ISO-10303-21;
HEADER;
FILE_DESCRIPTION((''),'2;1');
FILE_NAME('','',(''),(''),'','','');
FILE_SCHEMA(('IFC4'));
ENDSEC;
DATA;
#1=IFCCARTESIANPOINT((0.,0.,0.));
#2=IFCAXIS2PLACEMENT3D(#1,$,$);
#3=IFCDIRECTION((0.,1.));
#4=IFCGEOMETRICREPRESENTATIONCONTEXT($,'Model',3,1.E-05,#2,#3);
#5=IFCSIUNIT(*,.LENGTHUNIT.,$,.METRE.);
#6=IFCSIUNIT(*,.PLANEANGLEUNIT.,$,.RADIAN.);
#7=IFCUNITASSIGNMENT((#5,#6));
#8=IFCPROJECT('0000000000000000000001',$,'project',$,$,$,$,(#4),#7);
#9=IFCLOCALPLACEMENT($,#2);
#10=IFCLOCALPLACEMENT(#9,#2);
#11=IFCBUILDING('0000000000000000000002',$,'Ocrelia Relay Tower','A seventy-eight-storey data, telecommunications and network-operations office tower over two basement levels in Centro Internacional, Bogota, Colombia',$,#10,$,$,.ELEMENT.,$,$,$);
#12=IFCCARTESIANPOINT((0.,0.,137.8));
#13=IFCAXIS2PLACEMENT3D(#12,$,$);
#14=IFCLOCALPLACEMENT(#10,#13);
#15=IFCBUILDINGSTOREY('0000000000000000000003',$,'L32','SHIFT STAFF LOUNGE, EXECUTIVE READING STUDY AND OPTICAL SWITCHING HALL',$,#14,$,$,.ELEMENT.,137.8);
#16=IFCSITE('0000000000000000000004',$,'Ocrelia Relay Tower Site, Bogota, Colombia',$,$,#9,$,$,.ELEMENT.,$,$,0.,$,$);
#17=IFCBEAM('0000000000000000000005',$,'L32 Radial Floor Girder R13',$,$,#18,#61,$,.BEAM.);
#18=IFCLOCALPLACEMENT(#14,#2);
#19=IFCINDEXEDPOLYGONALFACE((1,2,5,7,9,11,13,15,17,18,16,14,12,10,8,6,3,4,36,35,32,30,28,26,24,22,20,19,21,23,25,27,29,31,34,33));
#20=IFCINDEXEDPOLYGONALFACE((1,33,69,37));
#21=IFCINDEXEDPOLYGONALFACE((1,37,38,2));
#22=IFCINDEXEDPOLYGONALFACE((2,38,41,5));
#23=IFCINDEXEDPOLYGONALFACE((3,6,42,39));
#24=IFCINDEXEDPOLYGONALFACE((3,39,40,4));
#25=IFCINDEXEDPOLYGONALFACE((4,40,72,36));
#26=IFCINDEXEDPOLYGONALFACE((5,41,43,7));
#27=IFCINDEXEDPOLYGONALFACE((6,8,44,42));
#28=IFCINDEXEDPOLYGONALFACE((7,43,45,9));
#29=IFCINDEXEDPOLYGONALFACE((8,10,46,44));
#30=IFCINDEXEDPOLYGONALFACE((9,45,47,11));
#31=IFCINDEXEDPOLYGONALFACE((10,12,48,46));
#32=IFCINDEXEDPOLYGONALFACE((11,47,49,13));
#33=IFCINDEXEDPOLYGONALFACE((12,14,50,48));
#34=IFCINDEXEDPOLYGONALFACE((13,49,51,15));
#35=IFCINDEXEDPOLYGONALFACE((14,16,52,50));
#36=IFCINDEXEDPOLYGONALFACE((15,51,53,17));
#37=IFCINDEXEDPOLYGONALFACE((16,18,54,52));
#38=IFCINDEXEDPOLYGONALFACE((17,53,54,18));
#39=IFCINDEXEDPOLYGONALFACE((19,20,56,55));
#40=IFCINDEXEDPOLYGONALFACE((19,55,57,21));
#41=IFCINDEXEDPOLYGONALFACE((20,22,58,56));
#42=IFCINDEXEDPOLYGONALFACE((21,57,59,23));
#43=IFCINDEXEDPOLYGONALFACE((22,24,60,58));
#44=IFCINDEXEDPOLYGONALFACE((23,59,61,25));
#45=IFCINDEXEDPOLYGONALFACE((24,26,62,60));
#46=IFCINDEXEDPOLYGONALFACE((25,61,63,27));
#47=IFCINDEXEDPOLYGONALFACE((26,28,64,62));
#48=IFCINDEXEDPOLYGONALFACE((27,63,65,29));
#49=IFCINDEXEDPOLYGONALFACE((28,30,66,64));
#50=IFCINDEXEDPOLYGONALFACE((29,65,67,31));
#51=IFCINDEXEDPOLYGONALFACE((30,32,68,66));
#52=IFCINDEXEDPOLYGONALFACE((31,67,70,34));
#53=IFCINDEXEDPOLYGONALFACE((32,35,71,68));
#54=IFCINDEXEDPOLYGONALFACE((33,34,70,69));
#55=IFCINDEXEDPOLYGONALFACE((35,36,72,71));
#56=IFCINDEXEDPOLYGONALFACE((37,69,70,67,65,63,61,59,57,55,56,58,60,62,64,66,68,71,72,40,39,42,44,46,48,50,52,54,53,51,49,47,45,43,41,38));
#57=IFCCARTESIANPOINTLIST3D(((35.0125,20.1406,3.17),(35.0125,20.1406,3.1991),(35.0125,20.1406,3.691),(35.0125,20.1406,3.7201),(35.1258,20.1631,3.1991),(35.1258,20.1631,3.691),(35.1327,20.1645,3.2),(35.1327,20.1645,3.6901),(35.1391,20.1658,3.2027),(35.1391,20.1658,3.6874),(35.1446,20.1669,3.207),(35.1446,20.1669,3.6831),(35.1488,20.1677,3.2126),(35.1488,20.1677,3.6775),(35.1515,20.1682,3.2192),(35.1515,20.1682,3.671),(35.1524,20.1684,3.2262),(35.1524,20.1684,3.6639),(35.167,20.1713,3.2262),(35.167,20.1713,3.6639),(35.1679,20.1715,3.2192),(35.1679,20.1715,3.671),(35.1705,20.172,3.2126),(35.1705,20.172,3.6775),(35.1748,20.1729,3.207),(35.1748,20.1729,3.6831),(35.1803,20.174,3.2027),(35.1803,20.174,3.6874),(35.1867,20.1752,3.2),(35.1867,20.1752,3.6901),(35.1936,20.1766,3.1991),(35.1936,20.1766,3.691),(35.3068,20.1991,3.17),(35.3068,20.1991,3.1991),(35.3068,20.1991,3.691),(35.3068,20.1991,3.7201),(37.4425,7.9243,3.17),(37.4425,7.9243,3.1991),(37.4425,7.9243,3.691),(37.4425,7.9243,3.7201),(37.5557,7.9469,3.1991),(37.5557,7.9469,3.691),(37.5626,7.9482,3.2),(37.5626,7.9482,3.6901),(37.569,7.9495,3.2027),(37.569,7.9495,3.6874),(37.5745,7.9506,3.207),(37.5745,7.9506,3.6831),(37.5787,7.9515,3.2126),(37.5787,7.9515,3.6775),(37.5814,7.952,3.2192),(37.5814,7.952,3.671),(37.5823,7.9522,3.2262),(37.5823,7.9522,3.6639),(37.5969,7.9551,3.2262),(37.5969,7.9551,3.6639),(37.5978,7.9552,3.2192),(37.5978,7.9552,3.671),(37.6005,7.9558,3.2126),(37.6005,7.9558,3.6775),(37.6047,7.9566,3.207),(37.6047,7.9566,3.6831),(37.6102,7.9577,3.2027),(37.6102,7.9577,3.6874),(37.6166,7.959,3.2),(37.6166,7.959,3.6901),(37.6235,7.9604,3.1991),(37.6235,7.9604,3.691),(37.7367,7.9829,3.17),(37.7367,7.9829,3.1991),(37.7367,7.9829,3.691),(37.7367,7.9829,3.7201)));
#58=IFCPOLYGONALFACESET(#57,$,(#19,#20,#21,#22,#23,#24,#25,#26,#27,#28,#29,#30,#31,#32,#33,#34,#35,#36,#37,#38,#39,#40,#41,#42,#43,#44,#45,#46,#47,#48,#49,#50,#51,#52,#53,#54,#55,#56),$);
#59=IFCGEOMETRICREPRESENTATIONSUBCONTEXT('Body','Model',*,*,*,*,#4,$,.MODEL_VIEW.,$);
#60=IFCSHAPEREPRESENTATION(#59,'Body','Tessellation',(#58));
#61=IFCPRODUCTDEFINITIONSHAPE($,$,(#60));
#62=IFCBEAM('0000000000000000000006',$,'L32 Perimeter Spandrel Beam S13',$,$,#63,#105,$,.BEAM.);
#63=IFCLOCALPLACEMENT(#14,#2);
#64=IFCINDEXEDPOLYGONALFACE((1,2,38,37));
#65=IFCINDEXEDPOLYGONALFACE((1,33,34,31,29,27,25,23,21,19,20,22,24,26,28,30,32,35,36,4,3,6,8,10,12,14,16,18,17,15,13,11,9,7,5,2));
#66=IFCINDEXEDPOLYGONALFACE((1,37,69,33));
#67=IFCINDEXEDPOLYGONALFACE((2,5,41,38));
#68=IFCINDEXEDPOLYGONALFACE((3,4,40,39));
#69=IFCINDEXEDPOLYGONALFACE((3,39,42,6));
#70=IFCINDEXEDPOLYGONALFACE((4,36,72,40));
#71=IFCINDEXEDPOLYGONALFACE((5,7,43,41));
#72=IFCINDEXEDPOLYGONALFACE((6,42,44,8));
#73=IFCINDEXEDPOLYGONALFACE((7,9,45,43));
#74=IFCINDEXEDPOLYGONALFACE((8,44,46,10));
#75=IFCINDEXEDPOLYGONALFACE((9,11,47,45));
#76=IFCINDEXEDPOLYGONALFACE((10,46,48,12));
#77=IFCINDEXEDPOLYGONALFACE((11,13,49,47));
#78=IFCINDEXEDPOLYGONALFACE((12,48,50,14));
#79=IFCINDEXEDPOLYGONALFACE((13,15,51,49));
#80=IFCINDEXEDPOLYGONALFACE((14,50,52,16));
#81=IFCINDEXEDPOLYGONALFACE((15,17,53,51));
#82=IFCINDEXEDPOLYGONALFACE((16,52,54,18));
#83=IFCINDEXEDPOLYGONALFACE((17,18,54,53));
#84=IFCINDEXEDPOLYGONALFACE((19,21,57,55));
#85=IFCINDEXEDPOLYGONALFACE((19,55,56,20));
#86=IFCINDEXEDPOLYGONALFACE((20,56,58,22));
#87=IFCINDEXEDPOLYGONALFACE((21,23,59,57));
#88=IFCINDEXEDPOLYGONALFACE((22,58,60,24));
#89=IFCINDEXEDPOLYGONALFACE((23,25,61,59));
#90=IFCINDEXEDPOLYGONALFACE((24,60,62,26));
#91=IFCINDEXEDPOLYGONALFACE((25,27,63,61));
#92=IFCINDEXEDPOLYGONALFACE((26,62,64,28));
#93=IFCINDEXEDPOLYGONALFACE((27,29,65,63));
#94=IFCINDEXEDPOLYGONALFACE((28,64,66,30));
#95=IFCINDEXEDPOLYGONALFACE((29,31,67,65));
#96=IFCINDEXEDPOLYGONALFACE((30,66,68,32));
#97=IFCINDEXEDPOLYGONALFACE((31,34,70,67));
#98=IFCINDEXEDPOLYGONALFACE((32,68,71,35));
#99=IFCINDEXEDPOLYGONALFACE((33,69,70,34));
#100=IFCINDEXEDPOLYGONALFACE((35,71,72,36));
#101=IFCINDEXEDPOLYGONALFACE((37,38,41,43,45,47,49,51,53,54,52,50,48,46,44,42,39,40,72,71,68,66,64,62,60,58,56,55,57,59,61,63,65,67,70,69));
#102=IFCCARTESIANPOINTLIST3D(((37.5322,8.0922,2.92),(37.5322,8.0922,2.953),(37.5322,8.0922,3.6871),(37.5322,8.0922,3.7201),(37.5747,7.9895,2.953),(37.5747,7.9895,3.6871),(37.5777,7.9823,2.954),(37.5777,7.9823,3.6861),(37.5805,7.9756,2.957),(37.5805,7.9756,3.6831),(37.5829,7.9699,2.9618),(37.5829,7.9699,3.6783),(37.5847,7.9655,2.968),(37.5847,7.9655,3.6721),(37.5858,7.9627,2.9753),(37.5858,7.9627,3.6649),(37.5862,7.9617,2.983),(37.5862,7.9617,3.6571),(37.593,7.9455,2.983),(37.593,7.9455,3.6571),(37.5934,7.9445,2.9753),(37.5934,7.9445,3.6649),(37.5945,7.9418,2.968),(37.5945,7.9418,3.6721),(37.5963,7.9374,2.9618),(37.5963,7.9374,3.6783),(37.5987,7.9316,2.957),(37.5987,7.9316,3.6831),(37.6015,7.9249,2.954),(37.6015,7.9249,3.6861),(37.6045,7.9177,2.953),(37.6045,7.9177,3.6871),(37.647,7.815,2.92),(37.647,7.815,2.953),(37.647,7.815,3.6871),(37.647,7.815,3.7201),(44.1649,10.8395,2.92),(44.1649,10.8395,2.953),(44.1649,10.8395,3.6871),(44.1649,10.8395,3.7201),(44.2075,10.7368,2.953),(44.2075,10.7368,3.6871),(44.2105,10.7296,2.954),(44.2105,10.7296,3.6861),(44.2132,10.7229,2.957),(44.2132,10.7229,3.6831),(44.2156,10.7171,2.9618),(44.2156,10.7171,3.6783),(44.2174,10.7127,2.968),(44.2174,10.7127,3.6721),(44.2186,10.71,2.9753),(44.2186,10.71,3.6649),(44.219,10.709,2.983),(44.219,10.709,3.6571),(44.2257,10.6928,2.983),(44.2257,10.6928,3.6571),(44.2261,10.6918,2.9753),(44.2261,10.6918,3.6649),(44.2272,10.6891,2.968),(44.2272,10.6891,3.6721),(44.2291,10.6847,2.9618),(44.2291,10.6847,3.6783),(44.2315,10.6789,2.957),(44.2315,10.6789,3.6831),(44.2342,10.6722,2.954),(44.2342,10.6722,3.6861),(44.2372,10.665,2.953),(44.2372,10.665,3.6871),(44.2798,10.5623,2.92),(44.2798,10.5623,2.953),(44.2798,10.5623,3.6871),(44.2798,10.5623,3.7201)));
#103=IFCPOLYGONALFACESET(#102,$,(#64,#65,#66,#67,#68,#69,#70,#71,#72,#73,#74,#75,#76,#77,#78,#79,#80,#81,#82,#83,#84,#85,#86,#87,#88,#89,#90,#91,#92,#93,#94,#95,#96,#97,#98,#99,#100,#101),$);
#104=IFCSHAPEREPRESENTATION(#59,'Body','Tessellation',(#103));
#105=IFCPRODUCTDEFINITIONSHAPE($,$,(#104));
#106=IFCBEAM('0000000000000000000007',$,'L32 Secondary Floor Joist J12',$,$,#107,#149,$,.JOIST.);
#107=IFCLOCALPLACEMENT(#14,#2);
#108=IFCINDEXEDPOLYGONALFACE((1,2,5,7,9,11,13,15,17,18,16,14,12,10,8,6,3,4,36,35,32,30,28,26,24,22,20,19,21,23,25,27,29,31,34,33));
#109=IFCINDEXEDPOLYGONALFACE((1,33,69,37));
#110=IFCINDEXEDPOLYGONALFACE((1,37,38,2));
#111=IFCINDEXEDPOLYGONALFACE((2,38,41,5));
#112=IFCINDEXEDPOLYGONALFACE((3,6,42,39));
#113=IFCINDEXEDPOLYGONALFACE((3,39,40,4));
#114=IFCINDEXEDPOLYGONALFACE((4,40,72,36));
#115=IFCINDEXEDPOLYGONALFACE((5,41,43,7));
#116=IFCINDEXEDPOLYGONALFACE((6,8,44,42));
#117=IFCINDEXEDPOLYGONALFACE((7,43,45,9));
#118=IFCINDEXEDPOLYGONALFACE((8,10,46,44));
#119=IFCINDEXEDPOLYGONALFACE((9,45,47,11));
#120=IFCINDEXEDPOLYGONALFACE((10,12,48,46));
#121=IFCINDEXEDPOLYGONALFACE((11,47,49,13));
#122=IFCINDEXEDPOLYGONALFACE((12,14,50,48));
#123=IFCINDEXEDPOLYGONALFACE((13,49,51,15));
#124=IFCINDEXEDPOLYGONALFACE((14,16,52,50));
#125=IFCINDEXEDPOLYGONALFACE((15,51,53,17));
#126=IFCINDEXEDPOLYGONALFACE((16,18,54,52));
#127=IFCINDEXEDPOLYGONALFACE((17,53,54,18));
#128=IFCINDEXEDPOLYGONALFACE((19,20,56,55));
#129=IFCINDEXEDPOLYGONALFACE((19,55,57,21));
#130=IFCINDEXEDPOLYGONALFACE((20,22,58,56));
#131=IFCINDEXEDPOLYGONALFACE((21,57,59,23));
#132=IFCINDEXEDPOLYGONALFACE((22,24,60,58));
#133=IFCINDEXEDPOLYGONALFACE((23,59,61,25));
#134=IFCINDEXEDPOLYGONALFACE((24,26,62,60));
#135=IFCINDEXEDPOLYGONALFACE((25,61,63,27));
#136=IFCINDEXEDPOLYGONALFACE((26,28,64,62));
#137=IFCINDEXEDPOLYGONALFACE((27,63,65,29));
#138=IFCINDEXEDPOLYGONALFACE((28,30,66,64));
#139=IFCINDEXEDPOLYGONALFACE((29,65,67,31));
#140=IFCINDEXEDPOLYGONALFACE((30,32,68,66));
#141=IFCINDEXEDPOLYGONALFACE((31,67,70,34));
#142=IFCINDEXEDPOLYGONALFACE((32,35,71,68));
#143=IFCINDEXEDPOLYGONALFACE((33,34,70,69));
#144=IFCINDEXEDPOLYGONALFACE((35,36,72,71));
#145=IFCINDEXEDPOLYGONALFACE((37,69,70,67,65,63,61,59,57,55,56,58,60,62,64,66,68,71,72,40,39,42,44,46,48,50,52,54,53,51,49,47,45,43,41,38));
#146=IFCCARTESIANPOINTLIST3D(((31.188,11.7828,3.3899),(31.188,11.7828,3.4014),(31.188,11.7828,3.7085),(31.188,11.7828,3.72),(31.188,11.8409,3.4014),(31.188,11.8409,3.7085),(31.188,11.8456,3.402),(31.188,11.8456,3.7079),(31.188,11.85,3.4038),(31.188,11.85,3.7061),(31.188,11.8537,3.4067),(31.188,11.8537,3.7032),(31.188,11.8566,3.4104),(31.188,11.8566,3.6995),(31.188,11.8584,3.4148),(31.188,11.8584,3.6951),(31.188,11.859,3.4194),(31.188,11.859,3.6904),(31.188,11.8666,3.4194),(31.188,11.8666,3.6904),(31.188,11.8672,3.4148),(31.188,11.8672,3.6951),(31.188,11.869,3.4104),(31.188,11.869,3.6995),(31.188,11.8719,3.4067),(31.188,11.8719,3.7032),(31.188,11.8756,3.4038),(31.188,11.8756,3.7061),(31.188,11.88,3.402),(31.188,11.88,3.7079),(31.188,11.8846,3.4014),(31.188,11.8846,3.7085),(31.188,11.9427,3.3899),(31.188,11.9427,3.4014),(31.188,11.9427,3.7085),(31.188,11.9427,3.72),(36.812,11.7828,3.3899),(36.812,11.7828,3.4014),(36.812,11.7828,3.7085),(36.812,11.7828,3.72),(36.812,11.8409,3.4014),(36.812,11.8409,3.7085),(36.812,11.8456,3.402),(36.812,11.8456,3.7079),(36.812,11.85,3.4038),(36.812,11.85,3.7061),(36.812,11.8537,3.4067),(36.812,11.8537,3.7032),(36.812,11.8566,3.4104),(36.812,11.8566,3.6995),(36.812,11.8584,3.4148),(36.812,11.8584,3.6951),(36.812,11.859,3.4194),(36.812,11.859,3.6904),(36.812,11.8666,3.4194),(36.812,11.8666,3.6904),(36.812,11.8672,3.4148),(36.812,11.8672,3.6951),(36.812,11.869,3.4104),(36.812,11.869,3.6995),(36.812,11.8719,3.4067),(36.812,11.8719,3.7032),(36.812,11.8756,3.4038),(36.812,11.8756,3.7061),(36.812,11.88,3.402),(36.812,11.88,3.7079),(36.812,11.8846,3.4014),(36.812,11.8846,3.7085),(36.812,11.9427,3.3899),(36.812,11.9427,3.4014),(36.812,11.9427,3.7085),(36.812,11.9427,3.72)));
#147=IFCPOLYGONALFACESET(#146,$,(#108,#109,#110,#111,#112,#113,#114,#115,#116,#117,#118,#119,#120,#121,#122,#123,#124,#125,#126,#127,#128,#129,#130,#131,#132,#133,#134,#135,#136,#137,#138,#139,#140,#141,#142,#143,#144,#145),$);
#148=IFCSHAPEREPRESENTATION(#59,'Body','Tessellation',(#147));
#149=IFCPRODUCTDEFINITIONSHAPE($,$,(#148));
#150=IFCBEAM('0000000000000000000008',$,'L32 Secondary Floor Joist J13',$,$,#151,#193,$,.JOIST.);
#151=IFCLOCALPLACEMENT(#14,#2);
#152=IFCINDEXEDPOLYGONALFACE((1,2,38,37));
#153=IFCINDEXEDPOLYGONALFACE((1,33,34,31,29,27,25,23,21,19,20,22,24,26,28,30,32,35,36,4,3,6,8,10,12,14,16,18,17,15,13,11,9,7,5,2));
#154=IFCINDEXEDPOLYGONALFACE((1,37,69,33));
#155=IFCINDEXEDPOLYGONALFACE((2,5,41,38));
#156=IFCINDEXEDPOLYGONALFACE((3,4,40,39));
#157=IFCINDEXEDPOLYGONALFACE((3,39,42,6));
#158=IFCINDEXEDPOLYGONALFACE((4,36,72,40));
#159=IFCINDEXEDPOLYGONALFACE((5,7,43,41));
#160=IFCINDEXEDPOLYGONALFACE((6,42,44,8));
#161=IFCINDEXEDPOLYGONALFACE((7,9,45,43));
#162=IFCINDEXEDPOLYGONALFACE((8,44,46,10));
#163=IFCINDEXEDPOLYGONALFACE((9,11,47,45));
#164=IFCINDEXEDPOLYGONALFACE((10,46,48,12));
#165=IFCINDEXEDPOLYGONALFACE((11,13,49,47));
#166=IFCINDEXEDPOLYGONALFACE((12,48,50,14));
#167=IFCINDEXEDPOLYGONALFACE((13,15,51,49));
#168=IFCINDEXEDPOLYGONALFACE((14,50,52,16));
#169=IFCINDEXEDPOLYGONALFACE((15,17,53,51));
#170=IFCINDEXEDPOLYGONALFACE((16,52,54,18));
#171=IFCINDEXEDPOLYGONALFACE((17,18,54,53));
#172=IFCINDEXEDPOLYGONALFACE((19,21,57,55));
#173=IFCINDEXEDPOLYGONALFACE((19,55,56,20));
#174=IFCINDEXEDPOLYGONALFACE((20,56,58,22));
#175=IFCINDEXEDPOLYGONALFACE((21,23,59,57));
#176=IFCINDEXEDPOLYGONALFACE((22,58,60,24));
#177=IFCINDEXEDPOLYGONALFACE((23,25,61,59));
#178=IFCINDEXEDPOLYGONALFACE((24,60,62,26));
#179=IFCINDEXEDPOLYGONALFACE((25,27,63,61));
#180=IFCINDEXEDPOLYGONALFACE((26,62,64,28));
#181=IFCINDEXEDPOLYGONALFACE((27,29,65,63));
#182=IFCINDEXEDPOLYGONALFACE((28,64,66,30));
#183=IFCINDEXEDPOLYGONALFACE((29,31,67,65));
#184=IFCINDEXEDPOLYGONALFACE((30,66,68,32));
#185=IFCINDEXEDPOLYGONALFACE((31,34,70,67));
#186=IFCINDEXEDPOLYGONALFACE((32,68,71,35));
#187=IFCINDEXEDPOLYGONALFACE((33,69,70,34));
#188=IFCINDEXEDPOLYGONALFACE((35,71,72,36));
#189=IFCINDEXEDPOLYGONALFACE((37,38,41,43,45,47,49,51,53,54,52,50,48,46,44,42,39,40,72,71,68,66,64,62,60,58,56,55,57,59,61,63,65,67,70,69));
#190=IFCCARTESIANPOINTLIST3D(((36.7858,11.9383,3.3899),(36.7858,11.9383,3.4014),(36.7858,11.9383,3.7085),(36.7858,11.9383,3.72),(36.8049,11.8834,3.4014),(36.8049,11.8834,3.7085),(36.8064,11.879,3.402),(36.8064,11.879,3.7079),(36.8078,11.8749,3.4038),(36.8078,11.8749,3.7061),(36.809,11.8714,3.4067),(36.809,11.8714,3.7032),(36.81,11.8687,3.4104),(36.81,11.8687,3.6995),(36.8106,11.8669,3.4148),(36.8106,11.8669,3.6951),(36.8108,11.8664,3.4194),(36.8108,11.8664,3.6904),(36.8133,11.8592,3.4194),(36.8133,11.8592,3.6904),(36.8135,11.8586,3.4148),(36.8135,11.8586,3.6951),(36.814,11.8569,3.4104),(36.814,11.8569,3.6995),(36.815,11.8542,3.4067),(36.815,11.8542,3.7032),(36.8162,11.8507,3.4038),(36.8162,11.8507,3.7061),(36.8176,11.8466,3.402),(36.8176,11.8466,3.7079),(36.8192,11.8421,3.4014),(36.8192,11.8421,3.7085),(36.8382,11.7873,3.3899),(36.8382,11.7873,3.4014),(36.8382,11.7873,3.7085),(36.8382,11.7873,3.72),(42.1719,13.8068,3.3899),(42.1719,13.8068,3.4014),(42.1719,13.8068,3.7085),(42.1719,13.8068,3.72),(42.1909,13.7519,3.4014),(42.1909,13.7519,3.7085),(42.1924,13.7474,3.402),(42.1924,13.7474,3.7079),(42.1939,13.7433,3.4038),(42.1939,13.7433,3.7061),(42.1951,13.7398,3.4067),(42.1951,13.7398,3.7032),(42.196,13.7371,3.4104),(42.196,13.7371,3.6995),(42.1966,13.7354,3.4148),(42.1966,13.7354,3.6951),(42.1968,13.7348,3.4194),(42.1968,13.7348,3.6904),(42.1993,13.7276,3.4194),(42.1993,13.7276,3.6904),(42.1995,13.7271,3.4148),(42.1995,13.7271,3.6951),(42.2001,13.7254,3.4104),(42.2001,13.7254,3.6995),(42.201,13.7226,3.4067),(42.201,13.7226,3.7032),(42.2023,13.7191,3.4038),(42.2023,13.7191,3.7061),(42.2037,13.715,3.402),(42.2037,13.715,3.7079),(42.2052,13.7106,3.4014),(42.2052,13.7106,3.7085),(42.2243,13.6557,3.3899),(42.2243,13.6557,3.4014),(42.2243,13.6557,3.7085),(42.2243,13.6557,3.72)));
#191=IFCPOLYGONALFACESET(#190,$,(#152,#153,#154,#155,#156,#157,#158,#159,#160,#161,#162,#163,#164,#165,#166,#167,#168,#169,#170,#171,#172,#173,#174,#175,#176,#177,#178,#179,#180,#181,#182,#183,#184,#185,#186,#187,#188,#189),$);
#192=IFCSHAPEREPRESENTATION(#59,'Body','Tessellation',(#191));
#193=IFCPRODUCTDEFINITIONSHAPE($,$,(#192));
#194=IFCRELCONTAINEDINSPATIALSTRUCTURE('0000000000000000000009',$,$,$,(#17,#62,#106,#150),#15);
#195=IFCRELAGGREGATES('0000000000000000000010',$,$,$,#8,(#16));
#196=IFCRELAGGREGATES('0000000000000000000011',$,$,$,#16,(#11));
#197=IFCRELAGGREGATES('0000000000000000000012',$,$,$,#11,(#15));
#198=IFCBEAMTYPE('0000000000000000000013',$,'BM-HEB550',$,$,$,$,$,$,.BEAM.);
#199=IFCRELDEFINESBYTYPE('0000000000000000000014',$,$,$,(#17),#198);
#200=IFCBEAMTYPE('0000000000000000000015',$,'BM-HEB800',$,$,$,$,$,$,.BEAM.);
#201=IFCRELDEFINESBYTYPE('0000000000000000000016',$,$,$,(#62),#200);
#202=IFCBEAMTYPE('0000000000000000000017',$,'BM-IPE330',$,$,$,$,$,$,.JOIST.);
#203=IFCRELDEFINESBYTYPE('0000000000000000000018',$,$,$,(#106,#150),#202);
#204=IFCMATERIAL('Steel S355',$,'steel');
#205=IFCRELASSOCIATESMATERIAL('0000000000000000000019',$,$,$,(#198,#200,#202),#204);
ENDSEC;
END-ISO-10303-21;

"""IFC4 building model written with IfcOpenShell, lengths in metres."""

from ifc_helpers import new_model, si_unit, direction, frame, origin, origin_2d, place, context, subcontext, project, spatial, i_section, extrude, material, material_profile, profile_set, type_object, element, save


model = new_model("IFC4")

# Units and contexts
model_context = context("Model", 3, precision=1e-05, world=origin(), true_north=direction((0.0, 1.0)))
body_context = subcontext(model_context, "Body", "Model", "MODEL_VIEW")
ifc_project = project(units=[si_unit("LENGTHUNIT", "METRE"), si_unit("PLANEANGLEUNIT", "RADIAN")], contexts=[model_context])

# Site, building, storey
site_placement = place(None, origin())
site = spatial("IfcSite", under=ifc_project, at=site_placement, Name="Ocrelia Relay Tower Site, Bogota, Colombia", CompositionType="ELEMENT", RefElevation=0.0)
building_placement = place(site_placement, origin())
building = spatial("IfcBuilding", under=site, at=building_placement, Name="Ocrelia Relay Tower", Description="A seventy-eight-storey data, telecommunications and network-operations office tower over two basement levels in Centro Internacional, Bogota, Colombia", CompositionType="ELEMENT")
storey_placement = place(building_placement, frame((0.0, 0.0, 137.8)))
storey = spatial("IfcBuildingStorey", under=building, at=storey_placement, Name="L32", Description="SHIFT STAFF LOUNGE, EXECUTIVE READING STUDY AND OPTICAL SWITCHING HALL", CompositionType="ELEMENT", Elevation=137.8)

# Beams
ifc_material_1 = material(Name="Steel S355", Category="steel")
ifc_material_profile_1 = material_profile(ifc_material_1, i_section(OverallWidth=0.3, OverallDepth=0.55, WebThickness=0.0149, FlangeThickness=0.0291, FilletRadius=0.0271, at=origin_2d()), Name="HEB 550")
ifc_profile_set_1 = profile_set([ifc_material_profile_1], Name="Steel S355")
beam_type_1 = type_object("IfcBeamType", Name="BM-HEB550", PredefinedType="BEAM", material=ifc_profile_set_1)
beam_1_placement = place(storey_placement, frame((37.5896, 7.9536, 3.4451), z_axis=(-0.195087, 0.980786, 0.0), x_axis=(-0.980786, -0.195087, 0.0)))
element("IfcBeam", 1, at=beam_1_placement, inside=storey, type_object=beam_type_1, Name="L32 Radial Floor Girder R13", PredefinedType="BEAM", context=body_context, shape_type="SweptSolid", body=[
    extrude(i_section(OverallWidth=0.3, OverallDepth=0.55, WebThickness=0.0149, FlangeThickness=0.0291, FilletRadius=0.0271, at=origin_2d()), origin(), (0.0, 0.0, 1.0), 12.4556),
])
ifc_material_profile_2 = material_profile(ifc_material_1, i_section(OverallWidth=0.3, OverallDepth=0.8, WebThickness=0.0176, FlangeThickness=0.033, FilletRadius=0.03, at=origin_2d()), Name="HEB 800")
ifc_profile_set_2 = profile_set([ifc_material_profile_2], Name="Steel S355")
beam_type_2 = type_object("IfcBeamType", Name="BM-HEB800", PredefinedType="BEAM", material=ifc_profile_set_2)
beam_2_placement = place(storey_placement, frame((37.5896, 7.9536, 3.3201), z_axis=(0.923884, 0.382673, 0.0), x_axis=(-0.382673, 0.923884, 0.0)))
element("IfcBeam", 2, at=beam_2_placement, inside=storey, type_object=beam_type_2, Name="L32 Perimeter Spandrel Beam S13", PredefinedType="BEAM", context=body_context, shape_type="SweptSolid", body=[
    extrude(i_section(OverallWidth=0.3, OverallDepth=0.8, WebThickness=0.0176, FlangeThickness=0.033, FilletRadius=0.03, at=origin_2d()), origin(), (0.0, 0.0, 1.0), 7.1792),
])
ifc_material_profile_3 = material_profile(ifc_material_1, i_section(OverallWidth=0.1599, OverallDepth=0.3301, WebThickness=0.0076, FlangeThickness=0.0115, FilletRadius=0.0181, at=origin_2d()), Name="IPE 330")
ifc_profile_set_3 = profile_set([ifc_material_profile_3], Name="Steel S355")
beam_type_3 = type_object("IfcBeamType", Name="BM-IPE330", PredefinedType="JOIST", material=ifc_profile_set_3)
beam_3_placement = place(storey_placement, frame((31.188, 11.8628, 3.5549), z_axis=(1.0, 0.0, 0.0), x_axis=(0.0, 1.0, 0.0)))
element("IfcBeam", 3, at=beam_3_placement, inside=storey, type_object=beam_type_3, Name="L32 Secondary Floor Joist J12", PredefinedType="JOIST", context=body_context, shape_type="SweptSolid", body=[
    extrude(i_section(OverallWidth=0.1599, OverallDepth=0.3301, WebThickness=0.0076, FlangeThickness=0.0115, FilletRadius=0.0181, at=origin_2d()), origin(), (0.0, 0.0, 1.0), 5.624),
])
beam_4_placement = place(storey_placement, frame((36.812, 11.8628, 3.5549), z_axis=(0.944767, 0.327741, 0.0), x_axis=(-0.327741, 0.944767, 0.0)))
element("IfcBeam", 4, at=beam_4_placement, inside=storey, type_object=beam_type_3, Name="L32 Secondary Floor Joist J13", PredefinedType="JOIST", context=body_context, shape_type="SweptSolid", body=[
    extrude(i_section(OverallWidth=0.1599, OverallDepth=0.3301, WebThickness=0.0076, FlangeThickness=0.0115, FilletRadius=0.0181, at=origin_2d()), origin(), (0.0, 0.0, 1.0), 5.7009),
])

save(model, "model.ifc")
